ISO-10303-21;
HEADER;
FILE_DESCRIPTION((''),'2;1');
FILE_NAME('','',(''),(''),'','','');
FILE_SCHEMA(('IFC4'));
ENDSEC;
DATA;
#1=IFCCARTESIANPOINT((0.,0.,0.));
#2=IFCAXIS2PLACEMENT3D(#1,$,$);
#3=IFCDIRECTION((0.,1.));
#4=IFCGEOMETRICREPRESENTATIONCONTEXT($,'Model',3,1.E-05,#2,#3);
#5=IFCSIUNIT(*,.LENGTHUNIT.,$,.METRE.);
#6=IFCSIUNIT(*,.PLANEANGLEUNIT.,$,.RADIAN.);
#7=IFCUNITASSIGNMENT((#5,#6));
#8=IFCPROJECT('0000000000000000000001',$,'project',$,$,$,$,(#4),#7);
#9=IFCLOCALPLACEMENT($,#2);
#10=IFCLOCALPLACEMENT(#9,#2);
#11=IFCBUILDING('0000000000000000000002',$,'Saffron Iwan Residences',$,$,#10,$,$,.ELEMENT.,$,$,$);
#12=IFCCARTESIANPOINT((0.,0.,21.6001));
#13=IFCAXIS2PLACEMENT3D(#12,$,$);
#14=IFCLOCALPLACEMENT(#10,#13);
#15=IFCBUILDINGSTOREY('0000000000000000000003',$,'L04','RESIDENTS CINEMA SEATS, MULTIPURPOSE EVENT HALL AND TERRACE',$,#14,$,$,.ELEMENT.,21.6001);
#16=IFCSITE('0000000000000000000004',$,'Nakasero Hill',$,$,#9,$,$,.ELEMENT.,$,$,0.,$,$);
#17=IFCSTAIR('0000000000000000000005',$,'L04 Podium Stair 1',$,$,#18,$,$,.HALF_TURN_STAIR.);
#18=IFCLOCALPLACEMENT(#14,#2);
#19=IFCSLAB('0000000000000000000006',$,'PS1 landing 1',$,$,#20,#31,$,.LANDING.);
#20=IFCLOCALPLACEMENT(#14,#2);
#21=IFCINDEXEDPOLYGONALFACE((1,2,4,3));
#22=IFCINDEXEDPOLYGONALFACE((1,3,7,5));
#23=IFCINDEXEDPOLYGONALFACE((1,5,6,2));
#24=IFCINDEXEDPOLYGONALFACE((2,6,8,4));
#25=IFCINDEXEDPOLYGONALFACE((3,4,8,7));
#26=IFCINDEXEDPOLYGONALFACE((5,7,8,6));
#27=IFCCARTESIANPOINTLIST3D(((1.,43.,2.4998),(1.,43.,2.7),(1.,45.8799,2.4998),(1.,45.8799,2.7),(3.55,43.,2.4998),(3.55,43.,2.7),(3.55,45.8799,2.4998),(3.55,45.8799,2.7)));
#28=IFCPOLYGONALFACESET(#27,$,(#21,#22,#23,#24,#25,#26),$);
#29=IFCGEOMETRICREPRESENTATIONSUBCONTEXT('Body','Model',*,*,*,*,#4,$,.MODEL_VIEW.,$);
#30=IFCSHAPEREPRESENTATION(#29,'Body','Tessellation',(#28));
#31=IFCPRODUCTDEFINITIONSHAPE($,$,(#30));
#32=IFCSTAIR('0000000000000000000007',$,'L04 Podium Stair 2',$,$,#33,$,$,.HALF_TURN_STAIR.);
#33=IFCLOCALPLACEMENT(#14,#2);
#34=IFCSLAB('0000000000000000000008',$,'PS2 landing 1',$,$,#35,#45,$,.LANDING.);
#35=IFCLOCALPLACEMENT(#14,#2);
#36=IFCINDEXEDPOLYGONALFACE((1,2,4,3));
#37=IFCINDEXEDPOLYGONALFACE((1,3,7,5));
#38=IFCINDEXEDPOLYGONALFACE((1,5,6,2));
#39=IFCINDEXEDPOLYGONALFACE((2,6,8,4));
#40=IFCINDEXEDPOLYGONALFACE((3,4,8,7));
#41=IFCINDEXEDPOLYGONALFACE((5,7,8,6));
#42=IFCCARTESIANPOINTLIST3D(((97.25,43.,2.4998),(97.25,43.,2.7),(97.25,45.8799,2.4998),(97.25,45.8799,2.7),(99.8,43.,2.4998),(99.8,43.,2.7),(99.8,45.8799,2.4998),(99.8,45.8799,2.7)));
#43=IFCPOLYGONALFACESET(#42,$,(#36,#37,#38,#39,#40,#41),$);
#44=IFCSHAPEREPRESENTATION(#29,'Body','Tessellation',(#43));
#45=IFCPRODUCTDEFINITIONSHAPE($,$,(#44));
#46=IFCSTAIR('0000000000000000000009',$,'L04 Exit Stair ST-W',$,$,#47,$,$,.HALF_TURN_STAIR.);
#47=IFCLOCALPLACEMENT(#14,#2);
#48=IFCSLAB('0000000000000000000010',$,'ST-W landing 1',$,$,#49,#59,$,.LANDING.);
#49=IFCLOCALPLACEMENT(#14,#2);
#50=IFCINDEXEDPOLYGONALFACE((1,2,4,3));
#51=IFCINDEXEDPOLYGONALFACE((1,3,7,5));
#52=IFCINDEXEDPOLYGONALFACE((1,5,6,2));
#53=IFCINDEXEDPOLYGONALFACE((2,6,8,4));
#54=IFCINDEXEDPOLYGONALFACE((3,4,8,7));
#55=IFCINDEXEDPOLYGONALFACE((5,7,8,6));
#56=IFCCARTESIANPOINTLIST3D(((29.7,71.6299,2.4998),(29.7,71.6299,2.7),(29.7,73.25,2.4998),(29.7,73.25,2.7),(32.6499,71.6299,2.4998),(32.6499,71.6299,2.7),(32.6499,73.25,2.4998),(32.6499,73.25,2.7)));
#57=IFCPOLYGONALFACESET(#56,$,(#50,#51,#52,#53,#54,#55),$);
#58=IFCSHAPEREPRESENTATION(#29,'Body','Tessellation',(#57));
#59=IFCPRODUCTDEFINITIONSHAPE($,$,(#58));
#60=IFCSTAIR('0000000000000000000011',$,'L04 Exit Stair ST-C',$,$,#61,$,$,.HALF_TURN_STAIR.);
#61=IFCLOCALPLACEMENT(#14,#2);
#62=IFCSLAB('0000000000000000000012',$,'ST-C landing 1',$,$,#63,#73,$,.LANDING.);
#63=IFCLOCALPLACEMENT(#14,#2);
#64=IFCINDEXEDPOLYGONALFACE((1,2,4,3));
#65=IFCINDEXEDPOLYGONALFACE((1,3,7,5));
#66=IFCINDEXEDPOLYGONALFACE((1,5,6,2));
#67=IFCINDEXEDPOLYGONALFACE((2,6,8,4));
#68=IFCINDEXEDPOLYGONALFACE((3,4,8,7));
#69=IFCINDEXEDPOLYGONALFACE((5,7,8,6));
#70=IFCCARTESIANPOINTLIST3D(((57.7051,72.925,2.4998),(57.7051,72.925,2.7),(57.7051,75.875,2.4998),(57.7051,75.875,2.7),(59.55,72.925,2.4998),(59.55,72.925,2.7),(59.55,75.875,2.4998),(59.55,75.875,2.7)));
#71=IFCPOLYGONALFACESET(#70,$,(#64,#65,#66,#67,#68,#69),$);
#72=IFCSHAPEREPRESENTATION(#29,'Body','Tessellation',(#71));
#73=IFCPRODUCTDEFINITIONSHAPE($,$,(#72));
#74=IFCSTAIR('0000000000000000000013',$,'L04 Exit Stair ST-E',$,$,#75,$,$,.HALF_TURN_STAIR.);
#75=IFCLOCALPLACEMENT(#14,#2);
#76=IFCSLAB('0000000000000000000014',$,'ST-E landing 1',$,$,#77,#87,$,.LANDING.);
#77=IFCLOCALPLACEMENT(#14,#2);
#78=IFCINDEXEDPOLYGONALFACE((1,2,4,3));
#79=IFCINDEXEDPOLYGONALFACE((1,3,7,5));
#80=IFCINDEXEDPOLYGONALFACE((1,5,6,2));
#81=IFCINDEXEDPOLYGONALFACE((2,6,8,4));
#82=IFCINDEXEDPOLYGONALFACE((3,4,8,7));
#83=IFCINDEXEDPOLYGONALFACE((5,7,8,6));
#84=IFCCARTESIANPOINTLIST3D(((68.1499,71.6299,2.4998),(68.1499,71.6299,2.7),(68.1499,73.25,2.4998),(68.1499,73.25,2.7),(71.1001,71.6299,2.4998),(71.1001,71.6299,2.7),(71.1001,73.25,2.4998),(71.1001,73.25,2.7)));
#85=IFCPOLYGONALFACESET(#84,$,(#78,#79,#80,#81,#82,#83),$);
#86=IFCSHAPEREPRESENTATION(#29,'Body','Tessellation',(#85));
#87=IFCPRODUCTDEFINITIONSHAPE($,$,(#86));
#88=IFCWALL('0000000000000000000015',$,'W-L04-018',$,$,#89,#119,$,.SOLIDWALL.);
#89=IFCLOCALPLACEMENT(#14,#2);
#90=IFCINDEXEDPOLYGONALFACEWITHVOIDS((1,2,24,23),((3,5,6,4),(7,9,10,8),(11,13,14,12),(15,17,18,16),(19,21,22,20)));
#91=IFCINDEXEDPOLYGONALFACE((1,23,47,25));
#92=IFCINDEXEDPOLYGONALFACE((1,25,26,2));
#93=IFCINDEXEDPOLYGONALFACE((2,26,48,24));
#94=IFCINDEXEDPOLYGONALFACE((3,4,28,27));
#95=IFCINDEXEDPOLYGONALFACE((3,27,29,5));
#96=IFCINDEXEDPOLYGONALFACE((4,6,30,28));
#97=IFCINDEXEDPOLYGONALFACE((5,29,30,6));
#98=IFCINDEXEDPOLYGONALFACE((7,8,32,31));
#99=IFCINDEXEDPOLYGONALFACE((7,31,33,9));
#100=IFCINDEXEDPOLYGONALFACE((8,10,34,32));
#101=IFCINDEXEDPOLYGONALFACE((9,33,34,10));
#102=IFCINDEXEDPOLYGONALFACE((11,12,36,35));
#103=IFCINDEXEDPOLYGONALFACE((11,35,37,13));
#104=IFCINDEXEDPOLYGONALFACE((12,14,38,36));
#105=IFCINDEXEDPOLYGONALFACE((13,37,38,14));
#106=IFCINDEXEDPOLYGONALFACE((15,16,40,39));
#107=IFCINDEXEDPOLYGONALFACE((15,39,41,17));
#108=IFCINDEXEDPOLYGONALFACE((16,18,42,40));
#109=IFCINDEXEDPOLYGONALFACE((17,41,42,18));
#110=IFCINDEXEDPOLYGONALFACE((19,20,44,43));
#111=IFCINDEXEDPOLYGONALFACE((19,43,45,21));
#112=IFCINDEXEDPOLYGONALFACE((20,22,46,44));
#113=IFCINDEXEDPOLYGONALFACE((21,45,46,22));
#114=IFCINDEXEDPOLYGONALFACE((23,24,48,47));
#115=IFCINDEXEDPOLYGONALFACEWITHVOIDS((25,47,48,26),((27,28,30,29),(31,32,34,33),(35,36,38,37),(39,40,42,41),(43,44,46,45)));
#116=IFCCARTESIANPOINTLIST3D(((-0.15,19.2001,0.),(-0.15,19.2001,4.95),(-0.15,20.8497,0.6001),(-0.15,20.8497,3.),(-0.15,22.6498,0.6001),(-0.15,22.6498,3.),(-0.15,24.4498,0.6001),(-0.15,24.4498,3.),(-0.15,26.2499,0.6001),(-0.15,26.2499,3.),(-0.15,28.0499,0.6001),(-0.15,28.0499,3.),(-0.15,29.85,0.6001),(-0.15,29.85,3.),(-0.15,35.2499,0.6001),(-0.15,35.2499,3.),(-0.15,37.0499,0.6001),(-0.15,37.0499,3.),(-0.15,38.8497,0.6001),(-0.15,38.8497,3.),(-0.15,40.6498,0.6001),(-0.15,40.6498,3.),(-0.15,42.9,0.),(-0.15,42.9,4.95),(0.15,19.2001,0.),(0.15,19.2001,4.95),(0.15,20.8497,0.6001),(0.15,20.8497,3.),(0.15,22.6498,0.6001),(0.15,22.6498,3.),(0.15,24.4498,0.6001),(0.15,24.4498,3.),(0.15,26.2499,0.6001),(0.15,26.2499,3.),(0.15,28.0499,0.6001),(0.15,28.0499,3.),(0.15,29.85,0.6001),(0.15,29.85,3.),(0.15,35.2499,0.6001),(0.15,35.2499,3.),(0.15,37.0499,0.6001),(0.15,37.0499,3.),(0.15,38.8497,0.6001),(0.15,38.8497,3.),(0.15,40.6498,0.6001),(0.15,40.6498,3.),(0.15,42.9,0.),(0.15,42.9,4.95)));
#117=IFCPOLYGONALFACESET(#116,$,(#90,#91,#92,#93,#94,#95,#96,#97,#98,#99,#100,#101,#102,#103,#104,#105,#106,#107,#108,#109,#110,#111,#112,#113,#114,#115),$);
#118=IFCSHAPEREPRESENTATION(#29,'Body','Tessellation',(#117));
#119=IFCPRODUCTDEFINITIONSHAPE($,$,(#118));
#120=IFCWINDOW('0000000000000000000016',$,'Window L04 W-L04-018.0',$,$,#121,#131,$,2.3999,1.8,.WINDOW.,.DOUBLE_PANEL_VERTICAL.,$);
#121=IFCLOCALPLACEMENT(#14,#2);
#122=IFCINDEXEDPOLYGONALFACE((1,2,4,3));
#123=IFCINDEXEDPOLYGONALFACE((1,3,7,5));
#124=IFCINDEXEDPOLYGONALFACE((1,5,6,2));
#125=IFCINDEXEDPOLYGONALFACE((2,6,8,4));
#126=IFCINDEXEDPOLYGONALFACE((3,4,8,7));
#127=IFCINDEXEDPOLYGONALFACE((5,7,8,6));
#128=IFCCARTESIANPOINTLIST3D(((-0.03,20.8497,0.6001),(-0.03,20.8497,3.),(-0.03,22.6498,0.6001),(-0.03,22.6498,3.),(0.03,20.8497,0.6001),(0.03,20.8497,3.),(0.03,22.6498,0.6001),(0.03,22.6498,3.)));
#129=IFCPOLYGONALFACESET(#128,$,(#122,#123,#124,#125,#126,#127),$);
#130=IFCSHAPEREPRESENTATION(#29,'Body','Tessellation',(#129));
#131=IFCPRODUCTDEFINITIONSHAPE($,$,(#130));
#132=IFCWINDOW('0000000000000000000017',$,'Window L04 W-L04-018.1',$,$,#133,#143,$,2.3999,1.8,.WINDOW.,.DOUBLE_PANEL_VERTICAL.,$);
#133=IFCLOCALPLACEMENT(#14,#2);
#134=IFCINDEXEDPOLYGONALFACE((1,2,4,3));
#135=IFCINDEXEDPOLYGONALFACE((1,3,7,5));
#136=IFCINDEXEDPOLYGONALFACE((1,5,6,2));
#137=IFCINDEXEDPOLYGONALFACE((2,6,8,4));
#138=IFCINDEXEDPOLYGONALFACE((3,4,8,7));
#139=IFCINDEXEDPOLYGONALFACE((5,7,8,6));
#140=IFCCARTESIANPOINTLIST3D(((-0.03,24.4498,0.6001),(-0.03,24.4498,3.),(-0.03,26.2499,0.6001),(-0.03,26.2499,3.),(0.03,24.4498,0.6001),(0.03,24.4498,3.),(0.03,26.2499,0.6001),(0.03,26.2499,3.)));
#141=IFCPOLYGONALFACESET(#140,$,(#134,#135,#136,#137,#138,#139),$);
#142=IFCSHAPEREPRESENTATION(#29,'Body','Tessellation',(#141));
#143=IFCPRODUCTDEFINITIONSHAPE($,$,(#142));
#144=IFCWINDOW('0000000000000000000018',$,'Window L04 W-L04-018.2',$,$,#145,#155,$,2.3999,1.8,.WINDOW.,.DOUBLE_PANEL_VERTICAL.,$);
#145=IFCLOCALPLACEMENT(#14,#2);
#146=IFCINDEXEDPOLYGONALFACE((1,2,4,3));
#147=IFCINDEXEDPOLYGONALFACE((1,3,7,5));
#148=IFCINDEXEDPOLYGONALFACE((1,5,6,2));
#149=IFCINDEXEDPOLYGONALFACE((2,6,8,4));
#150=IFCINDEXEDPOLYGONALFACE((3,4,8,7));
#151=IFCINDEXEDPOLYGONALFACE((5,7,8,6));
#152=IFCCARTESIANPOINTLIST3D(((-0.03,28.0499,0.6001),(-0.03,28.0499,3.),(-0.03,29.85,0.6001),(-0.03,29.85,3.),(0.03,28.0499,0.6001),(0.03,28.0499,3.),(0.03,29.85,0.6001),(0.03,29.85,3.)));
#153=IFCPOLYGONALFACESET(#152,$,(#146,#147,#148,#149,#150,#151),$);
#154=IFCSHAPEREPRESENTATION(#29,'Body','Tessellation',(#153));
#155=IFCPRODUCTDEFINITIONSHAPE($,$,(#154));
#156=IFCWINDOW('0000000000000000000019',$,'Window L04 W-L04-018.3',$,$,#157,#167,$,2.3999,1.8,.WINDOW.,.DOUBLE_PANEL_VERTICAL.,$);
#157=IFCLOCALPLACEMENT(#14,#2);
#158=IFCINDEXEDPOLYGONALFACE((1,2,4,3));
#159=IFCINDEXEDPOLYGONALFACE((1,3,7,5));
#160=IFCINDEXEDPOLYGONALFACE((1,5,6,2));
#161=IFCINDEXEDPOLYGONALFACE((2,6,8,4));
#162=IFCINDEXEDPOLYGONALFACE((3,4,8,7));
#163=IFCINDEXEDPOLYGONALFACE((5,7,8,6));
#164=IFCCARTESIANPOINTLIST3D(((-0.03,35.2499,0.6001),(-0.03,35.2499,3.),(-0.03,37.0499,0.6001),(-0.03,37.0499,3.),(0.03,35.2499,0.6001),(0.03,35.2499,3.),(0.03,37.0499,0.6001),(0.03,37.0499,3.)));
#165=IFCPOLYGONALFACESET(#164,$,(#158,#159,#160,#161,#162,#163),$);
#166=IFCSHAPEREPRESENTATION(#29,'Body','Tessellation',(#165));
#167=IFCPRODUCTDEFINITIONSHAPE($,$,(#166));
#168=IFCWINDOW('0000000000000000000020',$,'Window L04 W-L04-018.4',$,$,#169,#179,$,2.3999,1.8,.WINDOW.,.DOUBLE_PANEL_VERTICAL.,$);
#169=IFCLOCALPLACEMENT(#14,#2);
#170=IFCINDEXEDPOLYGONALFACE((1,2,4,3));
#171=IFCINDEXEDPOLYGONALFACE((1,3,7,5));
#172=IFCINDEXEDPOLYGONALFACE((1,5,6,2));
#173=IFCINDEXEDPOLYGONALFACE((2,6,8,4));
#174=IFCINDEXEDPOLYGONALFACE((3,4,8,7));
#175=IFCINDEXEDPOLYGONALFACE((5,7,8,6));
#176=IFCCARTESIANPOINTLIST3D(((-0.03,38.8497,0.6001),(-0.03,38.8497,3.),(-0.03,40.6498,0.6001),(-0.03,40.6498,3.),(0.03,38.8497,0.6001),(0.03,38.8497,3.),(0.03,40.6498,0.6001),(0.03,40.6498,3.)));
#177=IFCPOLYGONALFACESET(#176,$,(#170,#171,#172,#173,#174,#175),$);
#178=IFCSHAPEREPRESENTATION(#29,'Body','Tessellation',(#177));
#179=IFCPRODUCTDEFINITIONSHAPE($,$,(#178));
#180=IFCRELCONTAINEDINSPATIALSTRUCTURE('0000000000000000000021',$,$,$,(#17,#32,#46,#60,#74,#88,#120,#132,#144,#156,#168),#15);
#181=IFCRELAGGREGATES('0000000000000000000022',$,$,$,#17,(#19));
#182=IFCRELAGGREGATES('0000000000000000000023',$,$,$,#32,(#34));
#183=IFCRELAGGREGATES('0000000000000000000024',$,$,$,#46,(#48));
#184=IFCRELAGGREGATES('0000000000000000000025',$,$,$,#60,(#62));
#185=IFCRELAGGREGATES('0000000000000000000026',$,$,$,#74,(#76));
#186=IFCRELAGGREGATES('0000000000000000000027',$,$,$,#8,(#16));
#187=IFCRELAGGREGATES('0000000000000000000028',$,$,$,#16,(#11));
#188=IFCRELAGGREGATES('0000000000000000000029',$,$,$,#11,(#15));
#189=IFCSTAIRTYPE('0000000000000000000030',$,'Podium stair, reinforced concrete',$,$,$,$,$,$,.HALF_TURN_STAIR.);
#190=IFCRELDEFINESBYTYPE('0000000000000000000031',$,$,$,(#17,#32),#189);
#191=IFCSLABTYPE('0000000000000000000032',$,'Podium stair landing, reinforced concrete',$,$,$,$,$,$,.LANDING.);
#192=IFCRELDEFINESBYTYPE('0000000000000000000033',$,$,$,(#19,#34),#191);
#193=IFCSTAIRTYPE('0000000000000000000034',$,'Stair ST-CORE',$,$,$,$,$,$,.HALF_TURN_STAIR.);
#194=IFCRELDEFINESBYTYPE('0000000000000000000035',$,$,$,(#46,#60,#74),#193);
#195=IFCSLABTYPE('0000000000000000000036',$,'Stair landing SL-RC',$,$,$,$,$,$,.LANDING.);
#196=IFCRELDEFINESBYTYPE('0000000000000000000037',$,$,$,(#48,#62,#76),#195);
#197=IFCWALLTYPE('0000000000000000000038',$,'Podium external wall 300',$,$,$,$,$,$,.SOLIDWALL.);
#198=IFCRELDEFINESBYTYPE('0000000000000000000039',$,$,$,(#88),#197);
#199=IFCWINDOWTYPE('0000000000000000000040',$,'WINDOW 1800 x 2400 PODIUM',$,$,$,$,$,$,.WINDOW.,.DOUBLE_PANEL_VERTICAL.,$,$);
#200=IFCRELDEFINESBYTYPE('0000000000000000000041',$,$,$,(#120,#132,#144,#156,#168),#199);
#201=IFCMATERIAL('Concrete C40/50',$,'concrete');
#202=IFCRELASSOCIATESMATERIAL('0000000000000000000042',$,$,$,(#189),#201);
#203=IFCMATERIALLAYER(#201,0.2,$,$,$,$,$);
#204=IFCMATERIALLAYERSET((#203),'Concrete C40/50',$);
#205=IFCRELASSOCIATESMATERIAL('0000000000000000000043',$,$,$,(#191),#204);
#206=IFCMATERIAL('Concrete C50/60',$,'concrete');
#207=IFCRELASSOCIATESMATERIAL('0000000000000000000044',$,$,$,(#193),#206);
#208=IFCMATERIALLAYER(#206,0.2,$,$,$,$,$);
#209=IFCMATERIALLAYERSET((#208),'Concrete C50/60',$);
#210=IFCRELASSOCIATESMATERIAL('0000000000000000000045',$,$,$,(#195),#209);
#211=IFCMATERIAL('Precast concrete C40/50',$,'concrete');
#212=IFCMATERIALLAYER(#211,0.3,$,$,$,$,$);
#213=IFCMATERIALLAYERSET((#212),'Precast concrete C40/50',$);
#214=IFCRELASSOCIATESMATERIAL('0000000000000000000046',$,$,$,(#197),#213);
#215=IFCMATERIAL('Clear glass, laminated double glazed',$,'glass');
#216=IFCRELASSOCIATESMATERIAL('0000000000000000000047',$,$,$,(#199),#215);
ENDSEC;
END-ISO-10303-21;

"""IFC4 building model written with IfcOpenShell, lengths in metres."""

from ifc_helpers import new_model, si_unit, direction, frame, frame_2d, origin, place, context, subcontext, project, spatial, polyline, rectangle, outline, extrude, material, layer, layer_set, type_object, element, fill, aggregate, save


model = new_model("IFC4")

# Units and contexts
model_context = context("Model", 3, precision=1e-05, world=origin(), true_north=direction((0.0, 1.0)))
body_context = subcontext(model_context, "Body", "Model", "MODEL_VIEW")
ifc_project = project(units=[si_unit("LENGTHUNIT", "METRE"), si_unit("PLANEANGLEUNIT", "RADIAN")], contexts=[model_context])

# Site, building, storey
site_placement = place(None, origin())
site = spatial("IfcSite", under=ifc_project, at=site_placement, Name="Nakasero Hill", CompositionType="ELEMENT", RefElevation=0.0)
building_placement = place(site_placement, origin())
building = spatial("IfcBuilding", under=site, at=building_placement, Name="Saffron Iwan Residences", CompositionType="ELEMENT")
storey_placement = place(building_placement, frame((0.0, 0.0, 21.6001)))
storey = spatial("IfcBuildingStorey", under=building, at=storey_placement, Name="L04", Description="RESIDENTS CINEMA SEATS, MULTIPURPOSE EVENT HALL AND TERRACE", CompositionType="ELEMENT", Elevation=21.6001)

# Shared definitions
ifc_material_1 = material(Name="Concrete C50/60", Category="concrete")

# Shared definitions
ifc_material_2 = material(Name="Concrete C40/50", Category="concrete")

# Stairs, slabs
stair_type_1 = type_object("IfcStairType", Name="Podium stair, reinforced concrete", PredefinedType="HALF_TURN_STAIR", material=ifc_material_2)
stair_1_placement = place(storey_placement, origin())
stair_1 = element("IfcStair", 1, at=stair_1_placement, inside=storey, type_object=stair_type_1, Name="L04 Podium Stair 1", PredefinedType="HALF_TURN_STAIR")
ifc_layer_1 = layer(ifc_material_2, 0.2)
ifc_layer_set_1 = layer_set([ifc_layer_1], Name="Concrete C40/50")
slab_type_1 = type_object("IfcSlabType", Name="Podium stair landing, reinforced concrete", PredefinedType="LANDING", material=ifc_layer_set_1)
slab_1_placement = place(storey_placement, frame((0.0, 0.0, 2.4998)))
slab_1 = element("IfcSlab", 2, at=slab_1_placement, type_object=slab_type_1, Name="PS1 landing 1", PredefinedType="LANDING", context=body_context, shape_type="SweptSolid", body=[
    extrude(outline(polyline([(1.0, 45.8799), (1.0, 43.0), (3.55, 43.0), (3.55, 45.8799), (1.0, 45.8799)])), origin(), (0.0, 0.0, 1.0), 0.2002),
])
aggregate(stair_1, [slab_1])
stair_2_placement = place(storey_placement, origin())
stair_2 = element("IfcStair", 3, at=stair_2_placement, inside=storey, type_object=stair_type_1, Name="L04 Podium Stair 2", PredefinedType="HALF_TURN_STAIR")
slab_2_placement = place(storey_placement, frame((0.0, 0.0, 2.4998)))
slab_2 = element("IfcSlab", 4, at=slab_2_placement, type_object=slab_type_1, Name="PS2 landing 1", PredefinedType="LANDING", context=body_context, shape_type="SweptSolid", body=[
    extrude(outline(polyline([(97.25, 45.8799), (97.25, 43.0), (99.8, 43.0), (99.8, 45.8799), (97.25, 45.8799)])), origin(), (0.0, 0.0, 1.0), 0.2002),
])
aggregate(stair_2, [slab_2])
stair_type_2 = type_object("IfcStairType", Name="Stair ST-CORE", PredefinedType="HALF_TURN_STAIR", material=ifc_material_1)
stair_3_placement = place(storey_placement, origin())
stair_3 = element("IfcStair", 5, at=stair_3_placement, inside=storey, type_object=stair_type_2, Name="L04 Exit Stair ST-W", PredefinedType="HALF_TURN_STAIR")
ifc_layer_2 = layer(ifc_material_1, 0.2)
ifc_layer_set_2 = layer_set([ifc_layer_2], Name="Concrete C50/60")
slab_type_2 = type_object("IfcSlabType", Name="Stair landing SL-RC", PredefinedType="LANDING", material=ifc_layer_set_2)
slab_3_placement = place(storey_placement, frame((0.0, 0.0, 2.4998)))
slab_3 = element("IfcSlab", 6, at=slab_3_placement, type_object=slab_type_2, Name="ST-W landing 1", PredefinedType="LANDING", context=body_context, shape_type="SweptSolid", body=[
    extrude(outline(polyline([(32.6499, 71.6299), (32.6499, 73.25), (29.7, 73.25), (29.7, 71.6299), (32.6499, 71.6299)])), origin(), (0.0, 0.0, 1.0), 0.2002),
])
aggregate(stair_3, [slab_3])
stair_4_placement = place(storey_placement, origin())
stair_4 = element("IfcStair", 7, at=stair_4_placement, inside=storey, type_object=stair_type_2, Name="L04 Exit Stair ST-C", PredefinedType="HALF_TURN_STAIR")
slab_4_placement = place(storey_placement, frame((0.0, 0.0, 2.4998)))
slab_4 = element("IfcSlab", 8, at=slab_4_placement, type_object=slab_type_2, Name="ST-C landing 1", PredefinedType="LANDING", context=body_context, shape_type="SweptSolid", body=[
    extrude(outline(polyline([(57.7051, 72.925), (59.55, 72.925), (59.55, 75.875), (57.7051, 75.875), (57.7051, 72.925)])), origin(), (0.0, 0.0, 1.0), 0.2002),
])
aggregate(stair_4, [slab_4])
stair_5_placement = place(storey_placement, origin())
stair_5 = element("IfcStair", 9, at=stair_5_placement, inside=storey, type_object=stair_type_2, Name="L04 Exit Stair ST-E", PredefinedType="HALF_TURN_STAIR")
slab_5_placement = place(storey_placement, frame((0.0, 0.0, 2.4998)))
slab_5 = element("IfcSlab", 10, at=slab_5_placement, type_object=slab_type_2, Name="ST-E landing 1", PredefinedType="LANDING", context=body_context, shape_type="SweptSolid", body=[
    extrude(outline(polyline([(71.1001, 71.6299), (71.1001, 73.25), (68.1499, 73.25), (68.1499, 71.6299), (71.1001, 71.6299)])), origin(), (0.0, 0.0, 1.0), 0.2002),
])
aggregate(stair_5, [slab_5])

# Wall, openings, windows
ifc_material_3 = material(Name="Precast concrete C40/50", Category="concrete")
ifc_layer_3 = layer(ifc_material_3, 0.3)
ifc_layer_set_3 = layer_set([ifc_layer_3], Name="Precast concrete C40/50")
wall_type_1 = type_object("IfcWallType", Name="Podium external wall 300", PredefinedType="SOLIDWALL", material=ifc_layer_set_3)
wall_1_placement = place(storey_placement, frame((0.0, 19.2, 0.0), z_axis=(0.0, 0.0, 1.0), x_axis=(0.0, 1.0, 0.0)))
wall_1 = element("IfcWall", 11, at=wall_1_placement, inside=storey, type_object=wall_type_1, Name="W-L04-018", PredefinedType="SOLIDWALL", context=body_context, shape_type="SweptSolid", body=[
    extrude(rectangle(XDim=23.7, YDim=0.3, at=frame_2d((11.8501, 0.0))), origin(), (0.0, 0.0, 1.0), 4.95),
])
opening_1_placement = place(wall_1_placement, frame((1.6499, 0.0, 0.6001)))
opening_1 = element("IfcOpeningElement", 12, at=opening_1_placement, cuts=wall_1, PredefinedType="OPENING", context=body_context, shape_type="SweptSolid", body=[
    extrude(rectangle(XDim=1.8, YDim=2.3999, at=frame_2d((0.8999, 1.2))), frame((0.0, 0.1602, 0.0), z_axis=(0.0, -1.0, 0.0), x_axis=(1.0, 0.0, 0.0)), (0.0, 0.0, 1.0), 0.3201),
])
opening_2_placement = place(wall_1_placement, frame((5.25, 0.0, 0.6001)))
opening_2 = element("IfcOpeningElement", 13, at=opening_2_placement, cuts=wall_1, PredefinedType="OPENING", context=body_context, shape_type="SweptSolid", body=[
    extrude(rectangle(XDim=1.8, YDim=2.3999, at=frame_2d((0.8999, 1.2))), frame((0.0, 0.1602, 0.0), z_axis=(0.0, -1.0, 0.0), x_axis=(1.0, 0.0, 0.0)), (0.0, 0.0, 1.0), 0.3201),
])
opening_3_placement = place(wall_1_placement, frame((8.8501, 0.0, 0.6001)))
opening_3 = element("IfcOpeningElement", 14, at=opening_3_placement, cuts=wall_1, PredefinedType="OPENING", context=body_context, shape_type="SweptSolid", body=[
    extrude(rectangle(XDim=1.8, YDim=2.3999, at=frame_2d((0.8999, 1.2))), frame((0.0, 0.1602, 0.0), z_axis=(0.0, -1.0, 0.0), x_axis=(1.0, 0.0, 0.0)), (0.0, 0.0, 1.0), 0.3201),
])
opening_4_placement = place(wall_1_placement, frame((16.05, 0.0, 0.6001)))
opening_4 = element("IfcOpeningElement", 15, at=opening_4_placement, cuts=wall_1, PredefinedType="OPENING", context=body_context, shape_type="SweptSolid", body=[
    extrude(rectangle(XDim=1.8, YDim=2.3999, at=frame_2d((0.8999, 1.2))), frame((0.0, 0.1602, 0.0), z_axis=(0.0, -1.0, 0.0), x_axis=(1.0, 0.0, 0.0)), (0.0, 0.0, 1.0), 0.3201),
])
opening_5_placement = place(wall_1_placement, frame((19.6499, 0.0, 0.6001)))
opening_5 = element("IfcOpeningElement", 16, at=opening_5_placement, cuts=wall_1, PredefinedType="OPENING", context=body_context, shape_type="SweptSolid", body=[
    extrude(rectangle(XDim=1.8, YDim=2.3999, at=frame_2d((0.8999, 1.2))), frame((0.0, 0.1602, 0.0), z_axis=(0.0, -1.0, 0.0), x_axis=(1.0, 0.0, 0.0)), (0.0, 0.0, 1.0), 0.3201),
])
ifc_material_4 = material(Name="Clear glass, laminated double glazed", Category="glass")
window_type = type_object("IfcWindowType", Name="WINDOW 1800 x 2400 PODIUM", PartitioningType="DOUBLE_PANEL_VERTICAL", PredefinedType="WINDOW", material=ifc_material_4)
window_1_placement = place(opening_1_placement, origin())
window_1 = element("IfcWindow", 17, at=window_1_placement, inside=storey, type_object=window_type, Name="Window L04 W-L04-018.0", OverallHeight=2.3999, OverallWidth=1.8, PartitioningType="DOUBLE_PANEL_VERTICAL", PredefinedType="WINDOW", context=body_context, shape_type="SweptSolid", body=[
    extrude(rectangle(XDim=1.8, YDim=2.3999, at=frame_2d((0.8999, 1.2))), frame((0.0, 0.03, 0.0), z_axis=(0.0, -1.0, 0.0), x_axis=(1.0, 0.0, 0.0)), (0.0, 0.0, 1.0), 0.0601),
])
fill(opening_1, window_1)
window_2_placement = place(opening_2_placement, origin())
window_2 = element("IfcWindow", 18, at=window_2_placement, inside=storey, type_object=window_type, Name="Window L04 W-L04-018.1", OverallHeight=2.3999, OverallWidth=1.8, PartitioningType="DOUBLE_PANEL_VERTICAL", PredefinedType="WINDOW", context=body_context, shape_type="SweptSolid", body=[
    extrude(rectangle(XDim=1.8, YDim=2.3999, at=frame_2d((0.8999, 1.2))), frame((0.0, 0.03, 0.0), z_axis=(0.0, -1.0, 0.0), x_axis=(1.0, 0.0, 0.0)), (0.0, 0.0, 1.0), 0.0601),
])
fill(opening_2, window_2)
window_3_placement = place(opening_3_placement, origin())
window_3 = element("IfcWindow", 19, at=window_3_placement, inside=storey, type_object=window_type, Name="Window L04 W-L04-018.2", OverallHeight=2.3999, OverallWidth=1.8, PartitioningType="DOUBLE_PANEL_VERTICAL", PredefinedType="WINDOW", context=body_context, shape_type="SweptSolid", body=[
    extrude(rectangle(XDim=1.8, YDim=2.3999, at=frame_2d((0.8999, 1.2))), frame((0.0, 0.03, 0.0), z_axis=(0.0, -1.0, 0.0), x_axis=(1.0, 0.0, 0.0)), (0.0, 0.0, 1.0), 0.0601),
])
fill(opening_3, window_3)
window_4_placement = place(opening_4_placement, origin())
window_4 = element("IfcWindow", 20, at=window_4_placement, inside=storey, type_object=window_type, Name="Window L04 W-L04-018.3", OverallHeight=2.3999, OverallWidth=1.8, PartitioningType="DOUBLE_PANEL_VERTICAL", PredefinedType="WINDOW", context=body_context, shape_type="SweptSolid", body=[
    extrude(rectangle(XDim=1.8, YDim=2.3999, at=frame_2d((0.8999, 1.2))), frame((0.0, 0.03, 0.0), z_axis=(0.0, -1.0, 0.0), x_axis=(1.0, 0.0, 0.0)), (0.0, 0.0, 1.0), 0.0601),
])
fill(opening_4, window_4)
window_5_placement = place(opening_5_placement, origin())
window_5 = element("IfcWindow", 21, at=window_5_placement, inside=storey, type_object=window_type, Name="Window L04 W-L04-018.4", OverallHeight=2.3999, OverallWidth=1.8, PartitioningType="DOUBLE_PANEL_VERTICAL", PredefinedType="WINDOW", context=body_context, shape_type="SweptSolid", body=[
    extrude(rectangle(XDim=1.8, YDim=2.3999, at=frame_2d((0.8999, 1.2))), frame((0.0, 0.03, 0.0), z_axis=(0.0, -1.0, 0.0), x_axis=(1.0, 0.0, 0.0)), (0.0, 0.0, 1.0), 0.0601),
])
fill(opening_5, window_5)

save(model, "model.ifc")
